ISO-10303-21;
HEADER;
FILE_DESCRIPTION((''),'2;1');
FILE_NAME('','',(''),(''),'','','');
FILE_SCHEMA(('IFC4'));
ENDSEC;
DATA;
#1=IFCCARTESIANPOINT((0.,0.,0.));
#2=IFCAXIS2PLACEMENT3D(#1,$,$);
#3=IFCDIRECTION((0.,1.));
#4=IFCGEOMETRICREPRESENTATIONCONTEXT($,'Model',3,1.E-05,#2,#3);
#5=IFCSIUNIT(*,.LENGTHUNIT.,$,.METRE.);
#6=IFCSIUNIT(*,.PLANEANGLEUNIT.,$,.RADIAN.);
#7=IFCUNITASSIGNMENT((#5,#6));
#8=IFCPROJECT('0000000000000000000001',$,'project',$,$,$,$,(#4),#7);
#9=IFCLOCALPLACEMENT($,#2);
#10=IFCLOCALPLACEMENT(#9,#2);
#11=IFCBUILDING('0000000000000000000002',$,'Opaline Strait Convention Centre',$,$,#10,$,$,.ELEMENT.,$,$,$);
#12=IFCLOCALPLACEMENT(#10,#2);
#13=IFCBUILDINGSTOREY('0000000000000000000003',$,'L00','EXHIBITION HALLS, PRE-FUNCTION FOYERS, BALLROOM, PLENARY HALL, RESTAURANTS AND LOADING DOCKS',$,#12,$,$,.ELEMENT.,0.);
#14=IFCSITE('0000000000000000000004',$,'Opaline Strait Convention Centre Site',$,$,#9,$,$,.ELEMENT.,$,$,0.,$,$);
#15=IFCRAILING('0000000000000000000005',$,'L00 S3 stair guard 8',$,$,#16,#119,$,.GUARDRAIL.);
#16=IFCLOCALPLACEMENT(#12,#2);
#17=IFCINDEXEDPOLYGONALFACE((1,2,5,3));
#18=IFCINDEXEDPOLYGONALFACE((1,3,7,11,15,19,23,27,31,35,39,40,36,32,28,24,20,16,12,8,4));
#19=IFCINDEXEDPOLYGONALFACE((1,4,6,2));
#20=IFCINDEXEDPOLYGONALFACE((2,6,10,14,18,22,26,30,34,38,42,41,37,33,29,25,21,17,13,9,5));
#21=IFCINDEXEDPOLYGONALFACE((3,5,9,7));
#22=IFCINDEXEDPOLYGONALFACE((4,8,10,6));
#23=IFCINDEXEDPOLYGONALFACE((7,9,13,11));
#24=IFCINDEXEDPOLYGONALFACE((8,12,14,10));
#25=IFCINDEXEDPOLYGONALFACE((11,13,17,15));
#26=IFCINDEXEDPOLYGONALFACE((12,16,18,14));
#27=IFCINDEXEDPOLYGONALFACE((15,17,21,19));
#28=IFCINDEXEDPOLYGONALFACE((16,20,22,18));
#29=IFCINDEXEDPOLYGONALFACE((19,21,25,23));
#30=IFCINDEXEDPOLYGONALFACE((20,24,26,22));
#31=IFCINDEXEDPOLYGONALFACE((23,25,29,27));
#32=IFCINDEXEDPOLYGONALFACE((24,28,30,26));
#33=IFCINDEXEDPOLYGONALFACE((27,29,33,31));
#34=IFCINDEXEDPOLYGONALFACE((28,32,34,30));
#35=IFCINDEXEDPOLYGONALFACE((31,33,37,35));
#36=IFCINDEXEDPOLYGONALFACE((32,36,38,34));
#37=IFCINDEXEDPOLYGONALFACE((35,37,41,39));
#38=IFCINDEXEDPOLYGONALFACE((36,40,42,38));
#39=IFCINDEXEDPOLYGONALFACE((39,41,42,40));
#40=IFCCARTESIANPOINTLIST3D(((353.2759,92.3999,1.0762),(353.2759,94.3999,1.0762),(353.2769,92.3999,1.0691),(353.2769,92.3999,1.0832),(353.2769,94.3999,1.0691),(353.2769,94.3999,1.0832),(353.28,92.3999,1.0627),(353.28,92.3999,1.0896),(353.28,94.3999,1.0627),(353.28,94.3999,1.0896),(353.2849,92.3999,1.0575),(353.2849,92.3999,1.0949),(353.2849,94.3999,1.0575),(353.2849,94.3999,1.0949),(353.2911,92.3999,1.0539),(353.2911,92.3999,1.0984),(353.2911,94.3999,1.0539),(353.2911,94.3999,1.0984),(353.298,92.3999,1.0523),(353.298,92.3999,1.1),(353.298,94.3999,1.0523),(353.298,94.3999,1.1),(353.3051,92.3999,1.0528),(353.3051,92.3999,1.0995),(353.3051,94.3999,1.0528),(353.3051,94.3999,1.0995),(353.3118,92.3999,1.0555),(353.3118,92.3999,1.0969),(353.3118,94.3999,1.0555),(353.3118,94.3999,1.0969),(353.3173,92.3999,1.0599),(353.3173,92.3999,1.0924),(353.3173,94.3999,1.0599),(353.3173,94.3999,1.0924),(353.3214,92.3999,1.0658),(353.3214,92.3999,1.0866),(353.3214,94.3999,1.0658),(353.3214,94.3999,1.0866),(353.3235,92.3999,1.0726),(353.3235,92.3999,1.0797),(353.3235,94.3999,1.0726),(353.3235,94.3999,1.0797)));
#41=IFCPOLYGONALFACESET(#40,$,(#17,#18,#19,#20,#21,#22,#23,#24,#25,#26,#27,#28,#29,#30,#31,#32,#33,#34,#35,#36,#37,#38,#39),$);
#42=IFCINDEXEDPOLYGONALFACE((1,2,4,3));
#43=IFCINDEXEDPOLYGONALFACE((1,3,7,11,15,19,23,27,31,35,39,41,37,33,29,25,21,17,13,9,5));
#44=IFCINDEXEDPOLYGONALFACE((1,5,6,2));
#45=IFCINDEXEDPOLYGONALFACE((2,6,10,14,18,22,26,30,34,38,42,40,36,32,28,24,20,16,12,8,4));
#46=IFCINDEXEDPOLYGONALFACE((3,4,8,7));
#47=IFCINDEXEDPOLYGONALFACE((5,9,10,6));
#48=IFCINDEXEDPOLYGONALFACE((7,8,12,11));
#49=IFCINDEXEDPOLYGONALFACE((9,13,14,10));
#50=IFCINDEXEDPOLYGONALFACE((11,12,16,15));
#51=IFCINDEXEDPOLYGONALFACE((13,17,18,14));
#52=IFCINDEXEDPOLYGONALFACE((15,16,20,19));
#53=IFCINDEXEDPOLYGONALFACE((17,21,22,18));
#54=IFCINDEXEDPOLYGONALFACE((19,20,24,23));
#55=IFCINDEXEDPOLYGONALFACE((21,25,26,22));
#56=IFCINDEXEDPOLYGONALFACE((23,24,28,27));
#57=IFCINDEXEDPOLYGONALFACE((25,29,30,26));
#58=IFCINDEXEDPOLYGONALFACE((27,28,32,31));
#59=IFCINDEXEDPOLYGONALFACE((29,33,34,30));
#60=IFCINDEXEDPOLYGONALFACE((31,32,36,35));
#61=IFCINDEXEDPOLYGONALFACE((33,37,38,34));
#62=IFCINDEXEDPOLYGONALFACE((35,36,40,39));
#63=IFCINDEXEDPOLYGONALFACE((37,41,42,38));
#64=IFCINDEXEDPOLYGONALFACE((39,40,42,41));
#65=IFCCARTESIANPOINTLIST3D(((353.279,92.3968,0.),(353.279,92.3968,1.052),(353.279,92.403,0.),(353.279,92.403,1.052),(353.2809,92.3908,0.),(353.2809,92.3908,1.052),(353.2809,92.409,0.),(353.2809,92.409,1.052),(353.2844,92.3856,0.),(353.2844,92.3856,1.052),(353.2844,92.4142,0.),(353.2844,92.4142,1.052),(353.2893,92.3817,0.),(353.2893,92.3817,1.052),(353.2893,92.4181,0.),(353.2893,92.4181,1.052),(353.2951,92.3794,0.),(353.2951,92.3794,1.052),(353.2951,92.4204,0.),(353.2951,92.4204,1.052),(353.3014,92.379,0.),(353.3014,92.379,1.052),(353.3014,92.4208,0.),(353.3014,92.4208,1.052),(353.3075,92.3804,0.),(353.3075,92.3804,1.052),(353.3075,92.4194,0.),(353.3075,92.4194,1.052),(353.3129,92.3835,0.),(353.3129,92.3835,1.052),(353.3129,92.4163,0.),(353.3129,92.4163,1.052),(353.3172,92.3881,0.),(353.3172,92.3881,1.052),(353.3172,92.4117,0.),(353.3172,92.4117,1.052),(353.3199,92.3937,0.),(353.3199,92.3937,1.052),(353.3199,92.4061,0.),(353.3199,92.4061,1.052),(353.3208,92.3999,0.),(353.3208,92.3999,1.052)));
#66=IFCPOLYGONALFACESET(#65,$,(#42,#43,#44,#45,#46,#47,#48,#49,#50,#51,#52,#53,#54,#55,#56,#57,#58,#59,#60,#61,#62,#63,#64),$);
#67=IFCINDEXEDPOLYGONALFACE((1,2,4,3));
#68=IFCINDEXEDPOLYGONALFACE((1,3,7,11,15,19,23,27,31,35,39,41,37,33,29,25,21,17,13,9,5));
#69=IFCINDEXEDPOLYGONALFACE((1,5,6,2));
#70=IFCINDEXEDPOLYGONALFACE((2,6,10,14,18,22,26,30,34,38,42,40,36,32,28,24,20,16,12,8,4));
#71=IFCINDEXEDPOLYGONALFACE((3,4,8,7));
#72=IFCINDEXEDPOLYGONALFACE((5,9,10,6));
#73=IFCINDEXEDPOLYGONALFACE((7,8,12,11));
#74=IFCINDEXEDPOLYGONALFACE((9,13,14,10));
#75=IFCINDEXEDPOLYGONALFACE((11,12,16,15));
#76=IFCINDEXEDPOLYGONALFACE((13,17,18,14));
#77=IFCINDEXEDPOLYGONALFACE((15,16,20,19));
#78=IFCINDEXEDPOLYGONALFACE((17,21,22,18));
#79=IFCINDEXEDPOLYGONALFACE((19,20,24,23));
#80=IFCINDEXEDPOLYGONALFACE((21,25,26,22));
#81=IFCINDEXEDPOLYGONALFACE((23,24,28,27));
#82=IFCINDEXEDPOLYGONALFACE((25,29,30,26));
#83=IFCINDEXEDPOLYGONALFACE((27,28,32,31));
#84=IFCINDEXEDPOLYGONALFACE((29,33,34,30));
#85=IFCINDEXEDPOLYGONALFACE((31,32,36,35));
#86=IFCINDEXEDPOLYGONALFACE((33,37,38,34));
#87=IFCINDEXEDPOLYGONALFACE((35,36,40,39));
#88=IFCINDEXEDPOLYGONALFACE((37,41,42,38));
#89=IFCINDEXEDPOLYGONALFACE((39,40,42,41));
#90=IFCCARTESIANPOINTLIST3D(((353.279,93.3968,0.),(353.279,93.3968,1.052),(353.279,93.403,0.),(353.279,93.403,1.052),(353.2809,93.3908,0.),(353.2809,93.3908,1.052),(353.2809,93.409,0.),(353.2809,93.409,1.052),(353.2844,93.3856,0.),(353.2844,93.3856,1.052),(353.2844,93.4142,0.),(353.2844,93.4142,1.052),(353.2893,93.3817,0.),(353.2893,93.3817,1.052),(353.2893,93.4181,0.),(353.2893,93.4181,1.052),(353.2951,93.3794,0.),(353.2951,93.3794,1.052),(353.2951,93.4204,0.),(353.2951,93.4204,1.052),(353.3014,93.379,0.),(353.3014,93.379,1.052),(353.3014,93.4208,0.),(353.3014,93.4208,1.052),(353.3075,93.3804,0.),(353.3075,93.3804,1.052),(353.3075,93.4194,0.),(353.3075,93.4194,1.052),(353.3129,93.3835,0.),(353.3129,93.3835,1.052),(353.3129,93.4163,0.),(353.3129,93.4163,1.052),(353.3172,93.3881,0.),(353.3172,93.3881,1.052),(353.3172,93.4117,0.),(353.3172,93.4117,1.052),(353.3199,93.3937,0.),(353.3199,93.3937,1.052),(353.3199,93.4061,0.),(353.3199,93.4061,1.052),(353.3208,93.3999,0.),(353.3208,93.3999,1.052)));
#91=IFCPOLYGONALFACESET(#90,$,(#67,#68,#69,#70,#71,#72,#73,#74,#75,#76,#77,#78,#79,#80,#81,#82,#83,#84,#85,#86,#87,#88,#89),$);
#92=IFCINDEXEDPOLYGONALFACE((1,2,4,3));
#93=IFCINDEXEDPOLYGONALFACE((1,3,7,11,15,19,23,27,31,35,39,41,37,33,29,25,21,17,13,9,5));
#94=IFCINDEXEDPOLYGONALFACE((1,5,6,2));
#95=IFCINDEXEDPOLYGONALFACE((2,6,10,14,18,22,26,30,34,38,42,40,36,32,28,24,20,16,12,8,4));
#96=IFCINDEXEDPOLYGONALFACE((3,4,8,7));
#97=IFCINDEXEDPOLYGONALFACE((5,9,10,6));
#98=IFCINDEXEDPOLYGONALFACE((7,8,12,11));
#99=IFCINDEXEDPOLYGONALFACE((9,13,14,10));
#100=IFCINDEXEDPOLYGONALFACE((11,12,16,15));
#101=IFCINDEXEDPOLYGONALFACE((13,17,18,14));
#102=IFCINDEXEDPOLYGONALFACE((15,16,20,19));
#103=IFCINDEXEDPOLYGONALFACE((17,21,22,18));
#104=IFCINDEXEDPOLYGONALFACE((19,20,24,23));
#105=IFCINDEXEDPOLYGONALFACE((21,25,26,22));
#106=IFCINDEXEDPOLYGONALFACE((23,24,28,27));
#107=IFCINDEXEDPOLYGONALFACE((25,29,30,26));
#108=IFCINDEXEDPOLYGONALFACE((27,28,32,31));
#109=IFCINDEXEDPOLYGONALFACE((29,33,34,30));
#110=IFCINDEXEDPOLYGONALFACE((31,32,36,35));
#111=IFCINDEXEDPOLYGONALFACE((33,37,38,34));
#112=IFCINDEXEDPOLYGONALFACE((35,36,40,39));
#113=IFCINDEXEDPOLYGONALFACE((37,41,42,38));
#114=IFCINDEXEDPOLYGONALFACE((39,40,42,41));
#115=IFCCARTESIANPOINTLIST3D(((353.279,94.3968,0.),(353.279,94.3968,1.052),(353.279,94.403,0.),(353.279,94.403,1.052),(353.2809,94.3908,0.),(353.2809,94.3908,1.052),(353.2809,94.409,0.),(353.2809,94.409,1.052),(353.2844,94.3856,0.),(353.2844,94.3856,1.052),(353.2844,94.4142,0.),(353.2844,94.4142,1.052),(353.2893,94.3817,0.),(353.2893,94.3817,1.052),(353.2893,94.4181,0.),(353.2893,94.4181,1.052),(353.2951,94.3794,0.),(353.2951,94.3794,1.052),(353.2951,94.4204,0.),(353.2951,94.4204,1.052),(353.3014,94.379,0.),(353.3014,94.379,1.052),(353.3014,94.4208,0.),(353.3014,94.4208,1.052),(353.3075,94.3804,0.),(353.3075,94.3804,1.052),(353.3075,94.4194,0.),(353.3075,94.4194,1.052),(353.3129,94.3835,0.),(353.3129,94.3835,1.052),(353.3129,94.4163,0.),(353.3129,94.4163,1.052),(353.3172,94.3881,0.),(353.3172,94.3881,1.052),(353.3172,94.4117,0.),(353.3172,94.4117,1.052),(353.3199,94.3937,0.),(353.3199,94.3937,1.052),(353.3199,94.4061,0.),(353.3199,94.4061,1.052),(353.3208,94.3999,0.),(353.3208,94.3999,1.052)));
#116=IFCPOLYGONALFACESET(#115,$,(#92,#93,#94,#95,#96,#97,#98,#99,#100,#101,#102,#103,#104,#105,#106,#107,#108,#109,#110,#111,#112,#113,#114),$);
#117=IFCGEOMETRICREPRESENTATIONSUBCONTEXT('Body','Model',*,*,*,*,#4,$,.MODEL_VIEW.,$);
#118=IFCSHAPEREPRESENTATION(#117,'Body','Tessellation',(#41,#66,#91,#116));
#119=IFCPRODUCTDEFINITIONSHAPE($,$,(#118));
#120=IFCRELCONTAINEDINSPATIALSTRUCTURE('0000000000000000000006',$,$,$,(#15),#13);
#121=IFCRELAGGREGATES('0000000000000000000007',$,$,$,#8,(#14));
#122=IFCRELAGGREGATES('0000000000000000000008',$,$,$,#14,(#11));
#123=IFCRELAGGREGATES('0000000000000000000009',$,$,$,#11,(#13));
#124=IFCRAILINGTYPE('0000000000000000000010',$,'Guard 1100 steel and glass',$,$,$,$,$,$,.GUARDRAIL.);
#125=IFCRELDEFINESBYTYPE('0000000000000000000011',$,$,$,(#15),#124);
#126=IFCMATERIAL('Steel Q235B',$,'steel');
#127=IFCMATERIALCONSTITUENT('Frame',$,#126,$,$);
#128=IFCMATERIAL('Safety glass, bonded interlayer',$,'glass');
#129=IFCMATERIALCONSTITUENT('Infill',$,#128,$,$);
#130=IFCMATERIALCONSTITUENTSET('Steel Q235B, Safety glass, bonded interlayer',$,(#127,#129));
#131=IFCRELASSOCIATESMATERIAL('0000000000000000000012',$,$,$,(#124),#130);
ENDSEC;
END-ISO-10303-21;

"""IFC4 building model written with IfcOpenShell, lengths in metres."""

from ifc_helpers import new_model, si_unit, direction, frame, origin, origin_2d, place, context, subcontext, project, spatial, circle, extrude, material, constituent, constituent_set, type_object, element, save


model = new_model("IFC4")

# Units and contexts
model_context = context("Model", 3, precision=1e-05, world=origin(), true_north=direction((0.0, 1.0)))
body_context = subcontext(model_context, "Body", "Model", "MODEL_VIEW")
ifc_project = project(units=[si_unit("LENGTHUNIT", "METRE"), si_unit("PLANEANGLEUNIT", "RADIAN")], contexts=[model_context])

# Site, building, storey
site_placement = place(None, origin())
site = spatial("IfcSite", under=ifc_project, at=site_placement, Name="Opaline Strait Convention Centre Site", CompositionType="ELEMENT", RefElevation=0.0)
building_placement = place(site_placement, origin())
building = spatial("IfcBuilding", under=site, at=building_placement, Name="Opaline Strait Convention Centre", CompositionType="ELEMENT")
storey_placement = place(building_placement, origin())
storey = spatial("IfcBuildingStorey", under=building, at=storey_placement, Name="L00", Description="EXHIBITION HALLS, PRE-FUNCTION FOYERS, BALLROOM, PLENARY HALL, RESTAURANTS AND LOADING DOCKS", CompositionType="ELEMENT", Elevation=0.0)

# Shared definitions
ifc_material_1 = material(Name="Steel Q235B", Category="steel")

# Railing
ifc_constituent_1 = constituent(ifc_material_1, Name="Frame")
ifc_material_2 = material(Name="Safety glass, bonded interlayer", Category="glass")
ifc_constituent_2 = constituent(ifc_material_2, Name="Infill")
ifc_constituent_set = constituent_set(constituents=[ifc_constituent_1, ifc_constituent_2], Name="Steel Q235B, Safety glass, bonded interlayer")
railing_type = type_object("IfcRailingType", Name="Guard 1100 steel and glass", PredefinedType="GUARDRAIL", material=ifc_constituent_set)
railing_1_placement = place(storey_placement, frame((353.2998, 92.3999, 0.0)))
element("IfcRailing", 1, at=railing_1_placement, inside=storey, type_object=railing_type, Name="L00 S3 stair guard 8", PredefinedType="GUARDRAIL", context=body_context, shape_type="SweptSolid", body=[
    extrude(circle(Radius=0.0239, at=origin_2d()), frame((0.0, 0.0, 1.0762), z_axis=(0.0, 1.0, 0.0), x_axis=(-1.0, 0.0, 0.0)), (0.0, 0.0, 1.0), 2.0),
    extrude(circle(Radius=0.021, at=origin_2d()), origin(), (0.0, 0.0, 1.0), 1.052),
    extrude(circle(Radius=0.021, at=origin_2d()), frame((0.0, 1.0, 0.0)), (0.0, 0.0, 1.0), 1.052),
    extrude(circle(Radius=0.021, at=origin_2d()), frame((0.0, 2.0, 0.0)), (0.0, 0.0, 1.0), 1.052),
])

save(model, "model.ifc")
